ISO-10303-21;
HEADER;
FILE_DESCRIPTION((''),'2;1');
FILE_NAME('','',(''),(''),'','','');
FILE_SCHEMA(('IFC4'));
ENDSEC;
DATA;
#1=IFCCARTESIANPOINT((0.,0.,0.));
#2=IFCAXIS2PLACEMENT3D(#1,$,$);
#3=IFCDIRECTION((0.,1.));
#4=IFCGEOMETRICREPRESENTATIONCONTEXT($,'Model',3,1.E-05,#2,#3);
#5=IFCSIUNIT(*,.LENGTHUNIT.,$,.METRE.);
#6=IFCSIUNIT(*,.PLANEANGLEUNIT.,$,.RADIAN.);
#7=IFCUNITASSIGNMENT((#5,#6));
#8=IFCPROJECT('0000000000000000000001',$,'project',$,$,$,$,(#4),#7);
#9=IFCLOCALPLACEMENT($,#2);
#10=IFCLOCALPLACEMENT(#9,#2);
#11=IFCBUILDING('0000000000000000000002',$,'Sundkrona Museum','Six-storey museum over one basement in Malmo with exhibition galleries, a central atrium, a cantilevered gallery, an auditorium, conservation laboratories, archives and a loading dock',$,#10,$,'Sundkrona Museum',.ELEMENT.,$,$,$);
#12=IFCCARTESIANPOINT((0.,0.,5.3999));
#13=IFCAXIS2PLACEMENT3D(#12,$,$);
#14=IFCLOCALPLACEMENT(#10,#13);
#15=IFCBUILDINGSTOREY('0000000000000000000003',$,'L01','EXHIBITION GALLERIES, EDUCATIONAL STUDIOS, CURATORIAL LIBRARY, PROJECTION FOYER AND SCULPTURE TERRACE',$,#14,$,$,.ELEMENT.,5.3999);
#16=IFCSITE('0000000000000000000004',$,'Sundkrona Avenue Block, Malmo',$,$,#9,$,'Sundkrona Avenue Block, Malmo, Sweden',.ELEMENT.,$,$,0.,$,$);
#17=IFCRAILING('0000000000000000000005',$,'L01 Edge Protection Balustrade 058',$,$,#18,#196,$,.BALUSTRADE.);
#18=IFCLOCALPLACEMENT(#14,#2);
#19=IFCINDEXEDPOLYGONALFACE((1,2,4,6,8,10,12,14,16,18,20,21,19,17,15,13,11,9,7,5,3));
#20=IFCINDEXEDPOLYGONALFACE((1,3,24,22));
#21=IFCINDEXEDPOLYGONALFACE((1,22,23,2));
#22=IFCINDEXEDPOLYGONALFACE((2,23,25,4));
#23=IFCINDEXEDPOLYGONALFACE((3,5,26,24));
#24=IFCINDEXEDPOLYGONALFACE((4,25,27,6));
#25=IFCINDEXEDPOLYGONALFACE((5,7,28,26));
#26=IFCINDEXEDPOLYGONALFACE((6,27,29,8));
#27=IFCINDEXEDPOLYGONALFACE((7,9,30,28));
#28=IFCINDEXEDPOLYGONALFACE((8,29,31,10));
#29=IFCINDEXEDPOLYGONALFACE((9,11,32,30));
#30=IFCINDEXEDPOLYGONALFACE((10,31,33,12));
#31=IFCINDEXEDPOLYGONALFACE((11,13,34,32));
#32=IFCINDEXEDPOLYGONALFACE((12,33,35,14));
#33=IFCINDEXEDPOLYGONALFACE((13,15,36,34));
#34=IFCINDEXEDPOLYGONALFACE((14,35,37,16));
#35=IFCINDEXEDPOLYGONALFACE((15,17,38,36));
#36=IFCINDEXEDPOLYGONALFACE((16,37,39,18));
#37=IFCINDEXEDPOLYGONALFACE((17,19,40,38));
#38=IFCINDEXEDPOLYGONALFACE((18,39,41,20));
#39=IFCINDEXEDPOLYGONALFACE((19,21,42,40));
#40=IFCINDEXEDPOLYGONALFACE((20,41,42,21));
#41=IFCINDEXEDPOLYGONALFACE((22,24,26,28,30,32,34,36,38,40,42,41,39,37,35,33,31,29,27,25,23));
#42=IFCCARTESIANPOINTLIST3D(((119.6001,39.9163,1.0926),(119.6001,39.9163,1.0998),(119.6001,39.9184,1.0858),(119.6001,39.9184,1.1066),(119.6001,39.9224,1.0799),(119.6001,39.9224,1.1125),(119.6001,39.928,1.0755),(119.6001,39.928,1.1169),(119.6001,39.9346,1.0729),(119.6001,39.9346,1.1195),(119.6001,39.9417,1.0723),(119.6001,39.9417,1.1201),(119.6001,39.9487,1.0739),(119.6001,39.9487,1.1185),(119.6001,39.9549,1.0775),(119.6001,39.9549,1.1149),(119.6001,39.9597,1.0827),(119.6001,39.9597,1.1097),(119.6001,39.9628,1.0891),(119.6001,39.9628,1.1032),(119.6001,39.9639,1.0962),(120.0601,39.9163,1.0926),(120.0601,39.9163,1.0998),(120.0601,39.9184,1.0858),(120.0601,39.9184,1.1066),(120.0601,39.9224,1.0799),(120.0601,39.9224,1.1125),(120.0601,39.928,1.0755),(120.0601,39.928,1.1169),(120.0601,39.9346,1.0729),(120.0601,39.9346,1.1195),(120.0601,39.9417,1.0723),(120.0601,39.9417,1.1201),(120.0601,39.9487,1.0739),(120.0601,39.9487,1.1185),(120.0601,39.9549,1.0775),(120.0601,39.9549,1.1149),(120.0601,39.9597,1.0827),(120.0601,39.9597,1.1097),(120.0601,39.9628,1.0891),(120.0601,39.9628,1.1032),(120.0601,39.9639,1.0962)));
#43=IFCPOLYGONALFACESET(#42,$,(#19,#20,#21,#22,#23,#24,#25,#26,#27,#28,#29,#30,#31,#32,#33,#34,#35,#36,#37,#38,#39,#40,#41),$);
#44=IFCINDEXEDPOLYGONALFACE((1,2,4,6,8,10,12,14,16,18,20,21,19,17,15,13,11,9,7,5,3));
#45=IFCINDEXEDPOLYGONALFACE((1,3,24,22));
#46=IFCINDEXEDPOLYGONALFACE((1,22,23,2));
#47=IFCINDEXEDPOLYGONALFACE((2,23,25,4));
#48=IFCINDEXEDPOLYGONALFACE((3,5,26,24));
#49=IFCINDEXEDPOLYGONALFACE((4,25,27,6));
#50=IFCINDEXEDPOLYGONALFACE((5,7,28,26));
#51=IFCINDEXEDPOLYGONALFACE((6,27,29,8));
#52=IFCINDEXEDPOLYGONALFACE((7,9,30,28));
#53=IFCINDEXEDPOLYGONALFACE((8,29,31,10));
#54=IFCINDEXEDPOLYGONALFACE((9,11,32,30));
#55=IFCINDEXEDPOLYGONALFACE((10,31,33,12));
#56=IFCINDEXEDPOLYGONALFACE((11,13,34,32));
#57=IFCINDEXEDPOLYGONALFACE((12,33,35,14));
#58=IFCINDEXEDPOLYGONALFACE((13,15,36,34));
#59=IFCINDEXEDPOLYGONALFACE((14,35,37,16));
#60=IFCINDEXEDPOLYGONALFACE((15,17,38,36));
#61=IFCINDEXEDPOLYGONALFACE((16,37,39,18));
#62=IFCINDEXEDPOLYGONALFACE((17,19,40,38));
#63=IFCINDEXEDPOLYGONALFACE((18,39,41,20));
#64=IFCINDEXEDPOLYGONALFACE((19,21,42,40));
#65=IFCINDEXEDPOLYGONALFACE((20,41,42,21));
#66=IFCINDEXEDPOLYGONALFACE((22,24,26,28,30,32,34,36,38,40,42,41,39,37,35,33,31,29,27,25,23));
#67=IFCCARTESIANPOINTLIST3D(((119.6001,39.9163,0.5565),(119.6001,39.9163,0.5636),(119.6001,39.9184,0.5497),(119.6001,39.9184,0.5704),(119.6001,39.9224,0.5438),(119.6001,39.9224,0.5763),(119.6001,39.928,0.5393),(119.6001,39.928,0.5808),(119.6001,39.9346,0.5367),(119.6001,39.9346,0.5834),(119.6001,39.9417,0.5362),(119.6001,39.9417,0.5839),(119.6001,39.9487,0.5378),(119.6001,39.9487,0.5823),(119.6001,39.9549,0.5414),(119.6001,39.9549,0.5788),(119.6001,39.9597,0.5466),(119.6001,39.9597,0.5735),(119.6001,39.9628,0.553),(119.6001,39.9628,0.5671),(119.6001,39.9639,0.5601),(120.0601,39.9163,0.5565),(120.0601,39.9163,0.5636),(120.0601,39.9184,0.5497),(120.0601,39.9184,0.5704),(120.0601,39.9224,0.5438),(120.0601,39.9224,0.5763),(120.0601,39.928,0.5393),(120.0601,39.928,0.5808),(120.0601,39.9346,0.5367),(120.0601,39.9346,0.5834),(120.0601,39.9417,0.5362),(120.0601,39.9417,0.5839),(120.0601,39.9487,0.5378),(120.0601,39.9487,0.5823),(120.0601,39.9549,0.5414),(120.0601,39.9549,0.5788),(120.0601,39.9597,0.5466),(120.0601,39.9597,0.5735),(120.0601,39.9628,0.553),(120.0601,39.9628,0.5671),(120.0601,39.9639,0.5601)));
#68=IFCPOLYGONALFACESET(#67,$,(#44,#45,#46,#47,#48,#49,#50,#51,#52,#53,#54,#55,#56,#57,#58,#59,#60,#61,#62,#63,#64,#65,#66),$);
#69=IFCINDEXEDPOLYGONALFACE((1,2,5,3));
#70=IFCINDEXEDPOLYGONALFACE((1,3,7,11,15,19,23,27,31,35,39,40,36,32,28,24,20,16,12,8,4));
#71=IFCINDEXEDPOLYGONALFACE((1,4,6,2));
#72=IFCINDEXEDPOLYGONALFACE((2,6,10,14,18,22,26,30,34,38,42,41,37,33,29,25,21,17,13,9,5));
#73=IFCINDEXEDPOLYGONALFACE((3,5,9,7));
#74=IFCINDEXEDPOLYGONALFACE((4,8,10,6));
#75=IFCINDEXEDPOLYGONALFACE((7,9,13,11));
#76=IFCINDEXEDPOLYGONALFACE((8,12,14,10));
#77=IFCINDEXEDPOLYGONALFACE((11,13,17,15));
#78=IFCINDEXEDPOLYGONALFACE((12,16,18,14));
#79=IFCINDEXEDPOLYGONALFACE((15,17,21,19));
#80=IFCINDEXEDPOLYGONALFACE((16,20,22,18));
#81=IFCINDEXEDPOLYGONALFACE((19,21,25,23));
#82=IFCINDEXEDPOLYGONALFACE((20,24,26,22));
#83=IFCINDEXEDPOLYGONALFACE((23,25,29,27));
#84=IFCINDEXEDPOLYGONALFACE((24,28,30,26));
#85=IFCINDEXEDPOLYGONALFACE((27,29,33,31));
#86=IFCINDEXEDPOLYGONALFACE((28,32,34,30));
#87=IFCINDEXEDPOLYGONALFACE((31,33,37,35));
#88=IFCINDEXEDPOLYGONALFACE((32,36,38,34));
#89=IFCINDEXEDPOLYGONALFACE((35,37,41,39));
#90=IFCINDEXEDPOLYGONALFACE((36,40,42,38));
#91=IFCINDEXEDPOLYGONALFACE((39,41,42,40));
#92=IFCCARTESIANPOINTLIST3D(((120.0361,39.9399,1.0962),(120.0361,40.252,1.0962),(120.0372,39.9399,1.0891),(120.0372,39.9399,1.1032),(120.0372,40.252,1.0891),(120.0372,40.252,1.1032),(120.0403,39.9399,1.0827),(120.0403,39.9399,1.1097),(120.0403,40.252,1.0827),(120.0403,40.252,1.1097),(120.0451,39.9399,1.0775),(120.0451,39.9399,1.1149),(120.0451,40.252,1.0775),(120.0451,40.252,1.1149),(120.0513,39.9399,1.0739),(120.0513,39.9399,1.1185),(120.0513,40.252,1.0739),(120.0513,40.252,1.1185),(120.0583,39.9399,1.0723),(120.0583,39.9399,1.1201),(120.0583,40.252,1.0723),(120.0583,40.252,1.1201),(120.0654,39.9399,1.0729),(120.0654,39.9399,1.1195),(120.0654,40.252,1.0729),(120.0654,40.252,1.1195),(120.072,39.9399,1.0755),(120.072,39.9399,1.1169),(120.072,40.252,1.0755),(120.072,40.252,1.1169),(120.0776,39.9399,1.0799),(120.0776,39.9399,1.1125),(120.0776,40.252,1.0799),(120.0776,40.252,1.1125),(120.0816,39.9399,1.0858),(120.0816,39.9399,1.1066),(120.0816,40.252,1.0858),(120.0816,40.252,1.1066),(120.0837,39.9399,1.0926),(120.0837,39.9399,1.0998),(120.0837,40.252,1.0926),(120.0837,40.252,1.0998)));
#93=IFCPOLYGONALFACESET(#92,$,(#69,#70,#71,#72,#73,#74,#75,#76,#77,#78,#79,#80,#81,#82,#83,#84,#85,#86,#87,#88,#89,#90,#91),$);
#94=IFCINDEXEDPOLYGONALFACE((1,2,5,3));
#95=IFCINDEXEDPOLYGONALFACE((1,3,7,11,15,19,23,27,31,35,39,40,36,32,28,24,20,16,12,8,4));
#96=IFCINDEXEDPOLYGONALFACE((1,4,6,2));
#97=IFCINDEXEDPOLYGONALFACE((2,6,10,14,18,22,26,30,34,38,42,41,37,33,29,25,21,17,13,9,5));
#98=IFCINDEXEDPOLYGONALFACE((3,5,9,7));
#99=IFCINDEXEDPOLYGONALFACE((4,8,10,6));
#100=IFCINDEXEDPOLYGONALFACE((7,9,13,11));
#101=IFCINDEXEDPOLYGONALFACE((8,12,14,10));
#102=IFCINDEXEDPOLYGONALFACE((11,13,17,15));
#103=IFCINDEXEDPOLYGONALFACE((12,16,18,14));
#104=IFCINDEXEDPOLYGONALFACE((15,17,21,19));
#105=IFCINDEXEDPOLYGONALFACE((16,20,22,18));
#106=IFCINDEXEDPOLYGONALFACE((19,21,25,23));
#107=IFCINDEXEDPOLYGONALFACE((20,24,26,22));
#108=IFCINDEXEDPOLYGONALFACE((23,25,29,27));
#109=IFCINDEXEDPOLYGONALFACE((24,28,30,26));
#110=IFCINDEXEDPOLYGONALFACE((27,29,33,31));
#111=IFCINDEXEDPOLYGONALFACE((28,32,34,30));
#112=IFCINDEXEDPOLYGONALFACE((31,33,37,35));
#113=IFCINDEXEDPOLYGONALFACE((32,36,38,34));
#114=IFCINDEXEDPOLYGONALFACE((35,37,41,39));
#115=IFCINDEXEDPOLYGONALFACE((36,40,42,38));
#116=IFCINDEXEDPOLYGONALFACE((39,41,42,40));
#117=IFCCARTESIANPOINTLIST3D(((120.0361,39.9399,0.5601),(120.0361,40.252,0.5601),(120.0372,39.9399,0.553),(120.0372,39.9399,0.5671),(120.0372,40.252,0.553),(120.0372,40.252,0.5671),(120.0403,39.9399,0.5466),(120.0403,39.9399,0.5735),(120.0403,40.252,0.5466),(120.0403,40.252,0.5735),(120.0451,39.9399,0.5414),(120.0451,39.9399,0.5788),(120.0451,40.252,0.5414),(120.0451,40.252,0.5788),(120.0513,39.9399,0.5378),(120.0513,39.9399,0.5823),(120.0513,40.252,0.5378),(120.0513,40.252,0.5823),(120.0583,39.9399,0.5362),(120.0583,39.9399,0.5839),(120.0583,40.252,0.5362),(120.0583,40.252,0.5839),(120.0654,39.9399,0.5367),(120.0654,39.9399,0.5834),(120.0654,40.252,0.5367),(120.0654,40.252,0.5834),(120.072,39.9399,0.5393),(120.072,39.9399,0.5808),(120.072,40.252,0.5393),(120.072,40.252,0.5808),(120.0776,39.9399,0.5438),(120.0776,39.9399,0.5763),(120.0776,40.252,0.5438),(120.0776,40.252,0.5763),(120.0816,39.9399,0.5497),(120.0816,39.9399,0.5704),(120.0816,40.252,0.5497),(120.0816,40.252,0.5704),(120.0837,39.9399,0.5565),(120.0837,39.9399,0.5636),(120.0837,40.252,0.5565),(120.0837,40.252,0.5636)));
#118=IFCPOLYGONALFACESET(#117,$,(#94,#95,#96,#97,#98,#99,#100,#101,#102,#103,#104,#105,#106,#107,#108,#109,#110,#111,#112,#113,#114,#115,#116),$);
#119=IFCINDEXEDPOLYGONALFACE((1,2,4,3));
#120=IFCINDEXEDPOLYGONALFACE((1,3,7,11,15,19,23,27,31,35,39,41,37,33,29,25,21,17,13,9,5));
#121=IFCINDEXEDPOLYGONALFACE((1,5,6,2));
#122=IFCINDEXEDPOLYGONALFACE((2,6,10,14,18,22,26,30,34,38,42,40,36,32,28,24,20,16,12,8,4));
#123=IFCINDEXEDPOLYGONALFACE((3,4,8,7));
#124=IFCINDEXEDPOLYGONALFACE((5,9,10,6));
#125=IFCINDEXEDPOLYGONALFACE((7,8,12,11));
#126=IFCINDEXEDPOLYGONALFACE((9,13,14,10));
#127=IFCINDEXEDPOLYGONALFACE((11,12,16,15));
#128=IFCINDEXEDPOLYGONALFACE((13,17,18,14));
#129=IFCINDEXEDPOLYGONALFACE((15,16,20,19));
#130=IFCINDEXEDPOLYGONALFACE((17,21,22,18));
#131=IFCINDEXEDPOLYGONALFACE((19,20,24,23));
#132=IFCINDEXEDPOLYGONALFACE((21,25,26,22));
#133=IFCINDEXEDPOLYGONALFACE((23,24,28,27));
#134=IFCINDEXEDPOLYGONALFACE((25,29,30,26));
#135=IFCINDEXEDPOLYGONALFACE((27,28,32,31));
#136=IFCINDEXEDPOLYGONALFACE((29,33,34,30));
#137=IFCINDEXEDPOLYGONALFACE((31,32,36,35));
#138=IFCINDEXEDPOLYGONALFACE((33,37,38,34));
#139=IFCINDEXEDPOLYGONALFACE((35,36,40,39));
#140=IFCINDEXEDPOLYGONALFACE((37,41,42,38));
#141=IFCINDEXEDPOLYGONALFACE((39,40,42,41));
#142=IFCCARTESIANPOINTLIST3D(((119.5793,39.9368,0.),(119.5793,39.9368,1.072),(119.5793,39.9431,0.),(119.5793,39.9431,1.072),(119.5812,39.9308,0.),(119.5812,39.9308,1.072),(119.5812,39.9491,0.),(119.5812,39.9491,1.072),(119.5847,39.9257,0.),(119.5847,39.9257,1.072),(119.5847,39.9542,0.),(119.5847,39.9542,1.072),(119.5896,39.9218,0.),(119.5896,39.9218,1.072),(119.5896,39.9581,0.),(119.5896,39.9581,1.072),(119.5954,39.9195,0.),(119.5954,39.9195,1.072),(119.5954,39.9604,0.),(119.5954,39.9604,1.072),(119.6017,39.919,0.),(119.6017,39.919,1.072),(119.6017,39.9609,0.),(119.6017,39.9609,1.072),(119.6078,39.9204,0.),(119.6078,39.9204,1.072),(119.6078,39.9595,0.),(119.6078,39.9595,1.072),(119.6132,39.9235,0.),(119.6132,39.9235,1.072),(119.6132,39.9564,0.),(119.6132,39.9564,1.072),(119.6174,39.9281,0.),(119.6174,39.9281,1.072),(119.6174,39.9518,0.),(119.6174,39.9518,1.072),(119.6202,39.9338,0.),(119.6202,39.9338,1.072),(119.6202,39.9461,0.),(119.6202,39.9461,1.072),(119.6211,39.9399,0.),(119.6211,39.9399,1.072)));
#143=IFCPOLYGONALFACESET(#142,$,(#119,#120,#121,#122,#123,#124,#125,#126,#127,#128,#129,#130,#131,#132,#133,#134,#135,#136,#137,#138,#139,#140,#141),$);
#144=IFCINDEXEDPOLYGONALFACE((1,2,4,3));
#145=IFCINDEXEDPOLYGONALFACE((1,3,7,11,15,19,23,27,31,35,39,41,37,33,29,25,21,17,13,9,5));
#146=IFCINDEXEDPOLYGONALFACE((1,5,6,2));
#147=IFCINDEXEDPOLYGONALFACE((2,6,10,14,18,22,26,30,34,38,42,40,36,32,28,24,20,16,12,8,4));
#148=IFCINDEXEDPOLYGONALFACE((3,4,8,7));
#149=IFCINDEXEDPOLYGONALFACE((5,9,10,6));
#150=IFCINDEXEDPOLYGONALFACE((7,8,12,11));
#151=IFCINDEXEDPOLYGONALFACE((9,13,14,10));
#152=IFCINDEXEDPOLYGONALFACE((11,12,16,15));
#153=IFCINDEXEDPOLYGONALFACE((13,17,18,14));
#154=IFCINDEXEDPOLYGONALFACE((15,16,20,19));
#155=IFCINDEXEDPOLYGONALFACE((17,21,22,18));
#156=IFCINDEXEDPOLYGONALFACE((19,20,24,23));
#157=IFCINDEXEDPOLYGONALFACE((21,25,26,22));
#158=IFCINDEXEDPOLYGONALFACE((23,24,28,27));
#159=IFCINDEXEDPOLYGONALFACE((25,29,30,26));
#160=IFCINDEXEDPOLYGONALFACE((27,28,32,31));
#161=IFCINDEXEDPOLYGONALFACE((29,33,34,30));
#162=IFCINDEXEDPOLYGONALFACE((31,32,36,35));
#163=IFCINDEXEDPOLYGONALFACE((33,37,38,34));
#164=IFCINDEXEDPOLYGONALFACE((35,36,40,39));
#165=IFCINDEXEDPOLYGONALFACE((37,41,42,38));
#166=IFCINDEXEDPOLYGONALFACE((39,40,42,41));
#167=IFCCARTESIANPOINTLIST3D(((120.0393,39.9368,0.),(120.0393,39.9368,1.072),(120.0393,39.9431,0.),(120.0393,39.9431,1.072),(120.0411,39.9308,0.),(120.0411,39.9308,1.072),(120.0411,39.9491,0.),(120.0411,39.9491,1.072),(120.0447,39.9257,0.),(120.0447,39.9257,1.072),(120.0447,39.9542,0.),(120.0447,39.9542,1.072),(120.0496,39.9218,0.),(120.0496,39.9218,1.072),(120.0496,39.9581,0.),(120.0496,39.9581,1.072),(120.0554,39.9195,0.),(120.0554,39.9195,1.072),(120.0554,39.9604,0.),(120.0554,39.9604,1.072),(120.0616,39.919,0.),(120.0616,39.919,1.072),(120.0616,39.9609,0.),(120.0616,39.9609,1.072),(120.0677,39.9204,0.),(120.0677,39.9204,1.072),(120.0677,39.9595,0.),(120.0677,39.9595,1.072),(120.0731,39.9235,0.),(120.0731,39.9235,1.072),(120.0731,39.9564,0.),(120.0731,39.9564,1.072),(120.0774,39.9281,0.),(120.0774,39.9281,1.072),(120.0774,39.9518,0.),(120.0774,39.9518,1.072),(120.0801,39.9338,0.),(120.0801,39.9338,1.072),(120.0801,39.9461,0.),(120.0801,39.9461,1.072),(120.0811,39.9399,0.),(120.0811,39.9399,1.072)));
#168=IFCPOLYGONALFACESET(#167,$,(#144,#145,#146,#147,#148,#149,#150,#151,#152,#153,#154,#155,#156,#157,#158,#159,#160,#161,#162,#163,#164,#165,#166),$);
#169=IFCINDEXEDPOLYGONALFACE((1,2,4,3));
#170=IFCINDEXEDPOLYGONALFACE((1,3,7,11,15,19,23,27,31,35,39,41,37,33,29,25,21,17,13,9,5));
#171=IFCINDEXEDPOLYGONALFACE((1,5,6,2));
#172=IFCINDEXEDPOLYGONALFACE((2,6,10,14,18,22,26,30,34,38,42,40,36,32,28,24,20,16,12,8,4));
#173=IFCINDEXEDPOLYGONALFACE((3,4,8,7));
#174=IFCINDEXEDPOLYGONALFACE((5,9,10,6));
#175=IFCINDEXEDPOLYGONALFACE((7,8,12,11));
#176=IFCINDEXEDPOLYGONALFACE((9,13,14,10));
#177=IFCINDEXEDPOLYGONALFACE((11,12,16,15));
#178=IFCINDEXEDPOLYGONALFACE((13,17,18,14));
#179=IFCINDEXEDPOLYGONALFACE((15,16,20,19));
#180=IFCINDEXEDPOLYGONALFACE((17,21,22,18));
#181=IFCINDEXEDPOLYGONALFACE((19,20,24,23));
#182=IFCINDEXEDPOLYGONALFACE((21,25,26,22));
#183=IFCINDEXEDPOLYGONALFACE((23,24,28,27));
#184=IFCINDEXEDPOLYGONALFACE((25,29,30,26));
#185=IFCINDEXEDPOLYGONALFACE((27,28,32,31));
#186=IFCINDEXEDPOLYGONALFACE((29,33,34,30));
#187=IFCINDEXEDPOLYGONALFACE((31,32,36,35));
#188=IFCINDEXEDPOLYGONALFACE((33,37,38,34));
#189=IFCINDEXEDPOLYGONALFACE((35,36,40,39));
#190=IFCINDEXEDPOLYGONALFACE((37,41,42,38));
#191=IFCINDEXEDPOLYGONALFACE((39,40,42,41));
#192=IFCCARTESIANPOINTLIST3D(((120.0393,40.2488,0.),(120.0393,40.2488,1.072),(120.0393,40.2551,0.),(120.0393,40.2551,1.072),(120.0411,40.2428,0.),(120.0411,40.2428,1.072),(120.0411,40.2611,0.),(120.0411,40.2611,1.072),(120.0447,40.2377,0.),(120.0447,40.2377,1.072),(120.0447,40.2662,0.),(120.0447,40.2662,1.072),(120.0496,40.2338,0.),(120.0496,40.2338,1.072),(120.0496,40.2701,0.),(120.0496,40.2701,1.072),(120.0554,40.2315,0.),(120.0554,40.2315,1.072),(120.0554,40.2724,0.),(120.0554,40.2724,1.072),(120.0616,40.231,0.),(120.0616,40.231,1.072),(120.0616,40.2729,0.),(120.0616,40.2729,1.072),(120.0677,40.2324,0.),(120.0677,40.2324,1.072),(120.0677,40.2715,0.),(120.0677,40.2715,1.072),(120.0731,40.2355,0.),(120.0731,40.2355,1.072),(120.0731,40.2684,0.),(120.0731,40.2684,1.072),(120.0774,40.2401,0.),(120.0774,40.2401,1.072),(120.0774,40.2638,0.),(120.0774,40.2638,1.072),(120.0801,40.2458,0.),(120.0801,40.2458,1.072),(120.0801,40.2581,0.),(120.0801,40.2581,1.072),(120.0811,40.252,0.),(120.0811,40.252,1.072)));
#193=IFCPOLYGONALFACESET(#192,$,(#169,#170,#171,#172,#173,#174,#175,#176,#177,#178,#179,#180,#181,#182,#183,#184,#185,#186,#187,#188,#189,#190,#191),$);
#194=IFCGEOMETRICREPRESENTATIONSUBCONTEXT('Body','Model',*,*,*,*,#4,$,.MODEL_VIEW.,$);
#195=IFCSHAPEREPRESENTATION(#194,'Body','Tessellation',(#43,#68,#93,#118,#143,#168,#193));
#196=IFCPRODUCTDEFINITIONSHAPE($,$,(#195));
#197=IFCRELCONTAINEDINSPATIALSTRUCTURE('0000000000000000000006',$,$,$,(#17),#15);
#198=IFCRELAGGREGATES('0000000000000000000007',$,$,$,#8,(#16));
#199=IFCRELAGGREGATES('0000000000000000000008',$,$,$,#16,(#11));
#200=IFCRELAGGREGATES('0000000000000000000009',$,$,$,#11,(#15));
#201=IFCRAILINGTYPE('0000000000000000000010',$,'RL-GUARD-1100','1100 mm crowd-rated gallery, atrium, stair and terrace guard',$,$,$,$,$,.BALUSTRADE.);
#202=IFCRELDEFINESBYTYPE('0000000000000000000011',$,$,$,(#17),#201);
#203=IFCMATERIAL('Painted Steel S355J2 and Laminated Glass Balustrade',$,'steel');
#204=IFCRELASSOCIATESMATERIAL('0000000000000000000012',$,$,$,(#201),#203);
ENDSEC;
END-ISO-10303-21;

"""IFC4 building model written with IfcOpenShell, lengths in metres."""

from ifc_helpers import new_model, si_unit, direction, frame, origin, origin_2d, place, context, subcontext, project, spatial, circle, extrude, material, type_object, element, save


model = new_model("IFC4")

# Units and contexts
model_context = context("Model", 3, precision=1e-05, world=origin(), true_north=direction((0.0, 1.0)))
body_context = subcontext(model_context, "Body", "Model", "MODEL_VIEW")
ifc_project = project(units=[si_unit("LENGTHUNIT", "METRE"), si_unit("PLANEANGLEUNIT", "RADIAN")], contexts=[model_context])

# Site, building, storey
site_placement = place(None, origin())
site = spatial("IfcSite", under=ifc_project, at=site_placement, Name="Sundkrona Avenue Block, Malmo", LongName="Sundkrona Avenue Block, Malmo, Sweden", CompositionType="ELEMENT", RefElevation=0.0)
building_placement = place(site_placement, origin())
building = spatial("IfcBuilding", under=site, at=building_placement, Name="Sundkrona Museum", Description="Six-storey museum over one basement in Malmo with exhibition galleries, a central atrium, a cantilevered gallery, an auditorium, conservation laboratories, archives and a loading dock", LongName="Sundkrona Museum", CompositionType="ELEMENT")
storey_placement = place(building_placement, frame((0.0, 0.0, 5.3999)))
storey = spatial("IfcBuildingStorey", under=building, at=storey_placement, Name="L01", Description="EXHIBITION GALLERIES, EDUCATIONAL STUDIOS, CURATORIAL LIBRARY, PROJECTION FOYER AND SCULPTURE TERRACE", CompositionType="ELEMENT", Elevation=5.3999)

# Railing
ifc_material_1 = material(Name="Painted Steel S355J2 and Laminated Glass Balustrade", Category="steel")
railing_type = type_object("IfcRailingType", Name="RL-GUARD-1100", Description="1100 mm crowd-rated gallery, atrium, stair and terrace guard", PredefinedType="BALUSTRADE", material=ifc_material_1)
railing_1_placement = place(storey_placement, frame((119.6001, 39.9399, 0.0)))
element("IfcRailing", 1, at=railing_1_placement, inside=storey, type_object=railing_type, Name="L01 Edge Protection Balustrade 058", PredefinedType="BALUSTRADE", context=body_context, shape_type="SweptSolid", body=[
    extrude(circle(Radius=0.0239, at=origin_2d()), frame((0.0, 0.0, 1.0962), z_axis=(1.0, 0.0, 0.0), x_axis=(0.0, 1.0, 0.0)), (0.0, 0.0, 1.0), 0.46),
    extrude(circle(Radius=0.0239, at=origin_2d()), frame((0.0, 0.0, 0.5601), z_axis=(1.0, 0.0, 0.0), x_axis=(0.0, 1.0, 0.0)), (0.0, 0.0, 1.0), 0.46),
    extrude(circle(Radius=0.0239, at=origin_2d()), frame((0.46, 0.0, 1.0962), z_axis=(0.0, 1.0, 0.0), x_axis=(-1.0, 0.0, 0.0)), (0.0, 0.0, 1.0), 0.312),
    extrude(circle(Radius=0.0239, at=origin_2d()), frame((0.46, 0.0, 0.5601), z_axis=(0.0, 1.0, 0.0), x_axis=(-1.0, 0.0, 0.0)), (0.0, 0.0, 1.0), 0.312),
    extrude(circle(Radius=0.021, at=origin_2d()), origin(), (0.0, 0.0, 1.0), 1.072),
    extrude(circle(Radius=0.021, at=origin_2d()), frame((0.46, 0.0, 0.0)), (0.0, 0.0, 1.0), 1.072),
    extrude(circle(Radius=0.021, at=origin_2d()), frame((0.46, 0.312, 0.0)), (0.0, 0.0, 1.0), 1.072),
])

save(model, "model.ifc")
